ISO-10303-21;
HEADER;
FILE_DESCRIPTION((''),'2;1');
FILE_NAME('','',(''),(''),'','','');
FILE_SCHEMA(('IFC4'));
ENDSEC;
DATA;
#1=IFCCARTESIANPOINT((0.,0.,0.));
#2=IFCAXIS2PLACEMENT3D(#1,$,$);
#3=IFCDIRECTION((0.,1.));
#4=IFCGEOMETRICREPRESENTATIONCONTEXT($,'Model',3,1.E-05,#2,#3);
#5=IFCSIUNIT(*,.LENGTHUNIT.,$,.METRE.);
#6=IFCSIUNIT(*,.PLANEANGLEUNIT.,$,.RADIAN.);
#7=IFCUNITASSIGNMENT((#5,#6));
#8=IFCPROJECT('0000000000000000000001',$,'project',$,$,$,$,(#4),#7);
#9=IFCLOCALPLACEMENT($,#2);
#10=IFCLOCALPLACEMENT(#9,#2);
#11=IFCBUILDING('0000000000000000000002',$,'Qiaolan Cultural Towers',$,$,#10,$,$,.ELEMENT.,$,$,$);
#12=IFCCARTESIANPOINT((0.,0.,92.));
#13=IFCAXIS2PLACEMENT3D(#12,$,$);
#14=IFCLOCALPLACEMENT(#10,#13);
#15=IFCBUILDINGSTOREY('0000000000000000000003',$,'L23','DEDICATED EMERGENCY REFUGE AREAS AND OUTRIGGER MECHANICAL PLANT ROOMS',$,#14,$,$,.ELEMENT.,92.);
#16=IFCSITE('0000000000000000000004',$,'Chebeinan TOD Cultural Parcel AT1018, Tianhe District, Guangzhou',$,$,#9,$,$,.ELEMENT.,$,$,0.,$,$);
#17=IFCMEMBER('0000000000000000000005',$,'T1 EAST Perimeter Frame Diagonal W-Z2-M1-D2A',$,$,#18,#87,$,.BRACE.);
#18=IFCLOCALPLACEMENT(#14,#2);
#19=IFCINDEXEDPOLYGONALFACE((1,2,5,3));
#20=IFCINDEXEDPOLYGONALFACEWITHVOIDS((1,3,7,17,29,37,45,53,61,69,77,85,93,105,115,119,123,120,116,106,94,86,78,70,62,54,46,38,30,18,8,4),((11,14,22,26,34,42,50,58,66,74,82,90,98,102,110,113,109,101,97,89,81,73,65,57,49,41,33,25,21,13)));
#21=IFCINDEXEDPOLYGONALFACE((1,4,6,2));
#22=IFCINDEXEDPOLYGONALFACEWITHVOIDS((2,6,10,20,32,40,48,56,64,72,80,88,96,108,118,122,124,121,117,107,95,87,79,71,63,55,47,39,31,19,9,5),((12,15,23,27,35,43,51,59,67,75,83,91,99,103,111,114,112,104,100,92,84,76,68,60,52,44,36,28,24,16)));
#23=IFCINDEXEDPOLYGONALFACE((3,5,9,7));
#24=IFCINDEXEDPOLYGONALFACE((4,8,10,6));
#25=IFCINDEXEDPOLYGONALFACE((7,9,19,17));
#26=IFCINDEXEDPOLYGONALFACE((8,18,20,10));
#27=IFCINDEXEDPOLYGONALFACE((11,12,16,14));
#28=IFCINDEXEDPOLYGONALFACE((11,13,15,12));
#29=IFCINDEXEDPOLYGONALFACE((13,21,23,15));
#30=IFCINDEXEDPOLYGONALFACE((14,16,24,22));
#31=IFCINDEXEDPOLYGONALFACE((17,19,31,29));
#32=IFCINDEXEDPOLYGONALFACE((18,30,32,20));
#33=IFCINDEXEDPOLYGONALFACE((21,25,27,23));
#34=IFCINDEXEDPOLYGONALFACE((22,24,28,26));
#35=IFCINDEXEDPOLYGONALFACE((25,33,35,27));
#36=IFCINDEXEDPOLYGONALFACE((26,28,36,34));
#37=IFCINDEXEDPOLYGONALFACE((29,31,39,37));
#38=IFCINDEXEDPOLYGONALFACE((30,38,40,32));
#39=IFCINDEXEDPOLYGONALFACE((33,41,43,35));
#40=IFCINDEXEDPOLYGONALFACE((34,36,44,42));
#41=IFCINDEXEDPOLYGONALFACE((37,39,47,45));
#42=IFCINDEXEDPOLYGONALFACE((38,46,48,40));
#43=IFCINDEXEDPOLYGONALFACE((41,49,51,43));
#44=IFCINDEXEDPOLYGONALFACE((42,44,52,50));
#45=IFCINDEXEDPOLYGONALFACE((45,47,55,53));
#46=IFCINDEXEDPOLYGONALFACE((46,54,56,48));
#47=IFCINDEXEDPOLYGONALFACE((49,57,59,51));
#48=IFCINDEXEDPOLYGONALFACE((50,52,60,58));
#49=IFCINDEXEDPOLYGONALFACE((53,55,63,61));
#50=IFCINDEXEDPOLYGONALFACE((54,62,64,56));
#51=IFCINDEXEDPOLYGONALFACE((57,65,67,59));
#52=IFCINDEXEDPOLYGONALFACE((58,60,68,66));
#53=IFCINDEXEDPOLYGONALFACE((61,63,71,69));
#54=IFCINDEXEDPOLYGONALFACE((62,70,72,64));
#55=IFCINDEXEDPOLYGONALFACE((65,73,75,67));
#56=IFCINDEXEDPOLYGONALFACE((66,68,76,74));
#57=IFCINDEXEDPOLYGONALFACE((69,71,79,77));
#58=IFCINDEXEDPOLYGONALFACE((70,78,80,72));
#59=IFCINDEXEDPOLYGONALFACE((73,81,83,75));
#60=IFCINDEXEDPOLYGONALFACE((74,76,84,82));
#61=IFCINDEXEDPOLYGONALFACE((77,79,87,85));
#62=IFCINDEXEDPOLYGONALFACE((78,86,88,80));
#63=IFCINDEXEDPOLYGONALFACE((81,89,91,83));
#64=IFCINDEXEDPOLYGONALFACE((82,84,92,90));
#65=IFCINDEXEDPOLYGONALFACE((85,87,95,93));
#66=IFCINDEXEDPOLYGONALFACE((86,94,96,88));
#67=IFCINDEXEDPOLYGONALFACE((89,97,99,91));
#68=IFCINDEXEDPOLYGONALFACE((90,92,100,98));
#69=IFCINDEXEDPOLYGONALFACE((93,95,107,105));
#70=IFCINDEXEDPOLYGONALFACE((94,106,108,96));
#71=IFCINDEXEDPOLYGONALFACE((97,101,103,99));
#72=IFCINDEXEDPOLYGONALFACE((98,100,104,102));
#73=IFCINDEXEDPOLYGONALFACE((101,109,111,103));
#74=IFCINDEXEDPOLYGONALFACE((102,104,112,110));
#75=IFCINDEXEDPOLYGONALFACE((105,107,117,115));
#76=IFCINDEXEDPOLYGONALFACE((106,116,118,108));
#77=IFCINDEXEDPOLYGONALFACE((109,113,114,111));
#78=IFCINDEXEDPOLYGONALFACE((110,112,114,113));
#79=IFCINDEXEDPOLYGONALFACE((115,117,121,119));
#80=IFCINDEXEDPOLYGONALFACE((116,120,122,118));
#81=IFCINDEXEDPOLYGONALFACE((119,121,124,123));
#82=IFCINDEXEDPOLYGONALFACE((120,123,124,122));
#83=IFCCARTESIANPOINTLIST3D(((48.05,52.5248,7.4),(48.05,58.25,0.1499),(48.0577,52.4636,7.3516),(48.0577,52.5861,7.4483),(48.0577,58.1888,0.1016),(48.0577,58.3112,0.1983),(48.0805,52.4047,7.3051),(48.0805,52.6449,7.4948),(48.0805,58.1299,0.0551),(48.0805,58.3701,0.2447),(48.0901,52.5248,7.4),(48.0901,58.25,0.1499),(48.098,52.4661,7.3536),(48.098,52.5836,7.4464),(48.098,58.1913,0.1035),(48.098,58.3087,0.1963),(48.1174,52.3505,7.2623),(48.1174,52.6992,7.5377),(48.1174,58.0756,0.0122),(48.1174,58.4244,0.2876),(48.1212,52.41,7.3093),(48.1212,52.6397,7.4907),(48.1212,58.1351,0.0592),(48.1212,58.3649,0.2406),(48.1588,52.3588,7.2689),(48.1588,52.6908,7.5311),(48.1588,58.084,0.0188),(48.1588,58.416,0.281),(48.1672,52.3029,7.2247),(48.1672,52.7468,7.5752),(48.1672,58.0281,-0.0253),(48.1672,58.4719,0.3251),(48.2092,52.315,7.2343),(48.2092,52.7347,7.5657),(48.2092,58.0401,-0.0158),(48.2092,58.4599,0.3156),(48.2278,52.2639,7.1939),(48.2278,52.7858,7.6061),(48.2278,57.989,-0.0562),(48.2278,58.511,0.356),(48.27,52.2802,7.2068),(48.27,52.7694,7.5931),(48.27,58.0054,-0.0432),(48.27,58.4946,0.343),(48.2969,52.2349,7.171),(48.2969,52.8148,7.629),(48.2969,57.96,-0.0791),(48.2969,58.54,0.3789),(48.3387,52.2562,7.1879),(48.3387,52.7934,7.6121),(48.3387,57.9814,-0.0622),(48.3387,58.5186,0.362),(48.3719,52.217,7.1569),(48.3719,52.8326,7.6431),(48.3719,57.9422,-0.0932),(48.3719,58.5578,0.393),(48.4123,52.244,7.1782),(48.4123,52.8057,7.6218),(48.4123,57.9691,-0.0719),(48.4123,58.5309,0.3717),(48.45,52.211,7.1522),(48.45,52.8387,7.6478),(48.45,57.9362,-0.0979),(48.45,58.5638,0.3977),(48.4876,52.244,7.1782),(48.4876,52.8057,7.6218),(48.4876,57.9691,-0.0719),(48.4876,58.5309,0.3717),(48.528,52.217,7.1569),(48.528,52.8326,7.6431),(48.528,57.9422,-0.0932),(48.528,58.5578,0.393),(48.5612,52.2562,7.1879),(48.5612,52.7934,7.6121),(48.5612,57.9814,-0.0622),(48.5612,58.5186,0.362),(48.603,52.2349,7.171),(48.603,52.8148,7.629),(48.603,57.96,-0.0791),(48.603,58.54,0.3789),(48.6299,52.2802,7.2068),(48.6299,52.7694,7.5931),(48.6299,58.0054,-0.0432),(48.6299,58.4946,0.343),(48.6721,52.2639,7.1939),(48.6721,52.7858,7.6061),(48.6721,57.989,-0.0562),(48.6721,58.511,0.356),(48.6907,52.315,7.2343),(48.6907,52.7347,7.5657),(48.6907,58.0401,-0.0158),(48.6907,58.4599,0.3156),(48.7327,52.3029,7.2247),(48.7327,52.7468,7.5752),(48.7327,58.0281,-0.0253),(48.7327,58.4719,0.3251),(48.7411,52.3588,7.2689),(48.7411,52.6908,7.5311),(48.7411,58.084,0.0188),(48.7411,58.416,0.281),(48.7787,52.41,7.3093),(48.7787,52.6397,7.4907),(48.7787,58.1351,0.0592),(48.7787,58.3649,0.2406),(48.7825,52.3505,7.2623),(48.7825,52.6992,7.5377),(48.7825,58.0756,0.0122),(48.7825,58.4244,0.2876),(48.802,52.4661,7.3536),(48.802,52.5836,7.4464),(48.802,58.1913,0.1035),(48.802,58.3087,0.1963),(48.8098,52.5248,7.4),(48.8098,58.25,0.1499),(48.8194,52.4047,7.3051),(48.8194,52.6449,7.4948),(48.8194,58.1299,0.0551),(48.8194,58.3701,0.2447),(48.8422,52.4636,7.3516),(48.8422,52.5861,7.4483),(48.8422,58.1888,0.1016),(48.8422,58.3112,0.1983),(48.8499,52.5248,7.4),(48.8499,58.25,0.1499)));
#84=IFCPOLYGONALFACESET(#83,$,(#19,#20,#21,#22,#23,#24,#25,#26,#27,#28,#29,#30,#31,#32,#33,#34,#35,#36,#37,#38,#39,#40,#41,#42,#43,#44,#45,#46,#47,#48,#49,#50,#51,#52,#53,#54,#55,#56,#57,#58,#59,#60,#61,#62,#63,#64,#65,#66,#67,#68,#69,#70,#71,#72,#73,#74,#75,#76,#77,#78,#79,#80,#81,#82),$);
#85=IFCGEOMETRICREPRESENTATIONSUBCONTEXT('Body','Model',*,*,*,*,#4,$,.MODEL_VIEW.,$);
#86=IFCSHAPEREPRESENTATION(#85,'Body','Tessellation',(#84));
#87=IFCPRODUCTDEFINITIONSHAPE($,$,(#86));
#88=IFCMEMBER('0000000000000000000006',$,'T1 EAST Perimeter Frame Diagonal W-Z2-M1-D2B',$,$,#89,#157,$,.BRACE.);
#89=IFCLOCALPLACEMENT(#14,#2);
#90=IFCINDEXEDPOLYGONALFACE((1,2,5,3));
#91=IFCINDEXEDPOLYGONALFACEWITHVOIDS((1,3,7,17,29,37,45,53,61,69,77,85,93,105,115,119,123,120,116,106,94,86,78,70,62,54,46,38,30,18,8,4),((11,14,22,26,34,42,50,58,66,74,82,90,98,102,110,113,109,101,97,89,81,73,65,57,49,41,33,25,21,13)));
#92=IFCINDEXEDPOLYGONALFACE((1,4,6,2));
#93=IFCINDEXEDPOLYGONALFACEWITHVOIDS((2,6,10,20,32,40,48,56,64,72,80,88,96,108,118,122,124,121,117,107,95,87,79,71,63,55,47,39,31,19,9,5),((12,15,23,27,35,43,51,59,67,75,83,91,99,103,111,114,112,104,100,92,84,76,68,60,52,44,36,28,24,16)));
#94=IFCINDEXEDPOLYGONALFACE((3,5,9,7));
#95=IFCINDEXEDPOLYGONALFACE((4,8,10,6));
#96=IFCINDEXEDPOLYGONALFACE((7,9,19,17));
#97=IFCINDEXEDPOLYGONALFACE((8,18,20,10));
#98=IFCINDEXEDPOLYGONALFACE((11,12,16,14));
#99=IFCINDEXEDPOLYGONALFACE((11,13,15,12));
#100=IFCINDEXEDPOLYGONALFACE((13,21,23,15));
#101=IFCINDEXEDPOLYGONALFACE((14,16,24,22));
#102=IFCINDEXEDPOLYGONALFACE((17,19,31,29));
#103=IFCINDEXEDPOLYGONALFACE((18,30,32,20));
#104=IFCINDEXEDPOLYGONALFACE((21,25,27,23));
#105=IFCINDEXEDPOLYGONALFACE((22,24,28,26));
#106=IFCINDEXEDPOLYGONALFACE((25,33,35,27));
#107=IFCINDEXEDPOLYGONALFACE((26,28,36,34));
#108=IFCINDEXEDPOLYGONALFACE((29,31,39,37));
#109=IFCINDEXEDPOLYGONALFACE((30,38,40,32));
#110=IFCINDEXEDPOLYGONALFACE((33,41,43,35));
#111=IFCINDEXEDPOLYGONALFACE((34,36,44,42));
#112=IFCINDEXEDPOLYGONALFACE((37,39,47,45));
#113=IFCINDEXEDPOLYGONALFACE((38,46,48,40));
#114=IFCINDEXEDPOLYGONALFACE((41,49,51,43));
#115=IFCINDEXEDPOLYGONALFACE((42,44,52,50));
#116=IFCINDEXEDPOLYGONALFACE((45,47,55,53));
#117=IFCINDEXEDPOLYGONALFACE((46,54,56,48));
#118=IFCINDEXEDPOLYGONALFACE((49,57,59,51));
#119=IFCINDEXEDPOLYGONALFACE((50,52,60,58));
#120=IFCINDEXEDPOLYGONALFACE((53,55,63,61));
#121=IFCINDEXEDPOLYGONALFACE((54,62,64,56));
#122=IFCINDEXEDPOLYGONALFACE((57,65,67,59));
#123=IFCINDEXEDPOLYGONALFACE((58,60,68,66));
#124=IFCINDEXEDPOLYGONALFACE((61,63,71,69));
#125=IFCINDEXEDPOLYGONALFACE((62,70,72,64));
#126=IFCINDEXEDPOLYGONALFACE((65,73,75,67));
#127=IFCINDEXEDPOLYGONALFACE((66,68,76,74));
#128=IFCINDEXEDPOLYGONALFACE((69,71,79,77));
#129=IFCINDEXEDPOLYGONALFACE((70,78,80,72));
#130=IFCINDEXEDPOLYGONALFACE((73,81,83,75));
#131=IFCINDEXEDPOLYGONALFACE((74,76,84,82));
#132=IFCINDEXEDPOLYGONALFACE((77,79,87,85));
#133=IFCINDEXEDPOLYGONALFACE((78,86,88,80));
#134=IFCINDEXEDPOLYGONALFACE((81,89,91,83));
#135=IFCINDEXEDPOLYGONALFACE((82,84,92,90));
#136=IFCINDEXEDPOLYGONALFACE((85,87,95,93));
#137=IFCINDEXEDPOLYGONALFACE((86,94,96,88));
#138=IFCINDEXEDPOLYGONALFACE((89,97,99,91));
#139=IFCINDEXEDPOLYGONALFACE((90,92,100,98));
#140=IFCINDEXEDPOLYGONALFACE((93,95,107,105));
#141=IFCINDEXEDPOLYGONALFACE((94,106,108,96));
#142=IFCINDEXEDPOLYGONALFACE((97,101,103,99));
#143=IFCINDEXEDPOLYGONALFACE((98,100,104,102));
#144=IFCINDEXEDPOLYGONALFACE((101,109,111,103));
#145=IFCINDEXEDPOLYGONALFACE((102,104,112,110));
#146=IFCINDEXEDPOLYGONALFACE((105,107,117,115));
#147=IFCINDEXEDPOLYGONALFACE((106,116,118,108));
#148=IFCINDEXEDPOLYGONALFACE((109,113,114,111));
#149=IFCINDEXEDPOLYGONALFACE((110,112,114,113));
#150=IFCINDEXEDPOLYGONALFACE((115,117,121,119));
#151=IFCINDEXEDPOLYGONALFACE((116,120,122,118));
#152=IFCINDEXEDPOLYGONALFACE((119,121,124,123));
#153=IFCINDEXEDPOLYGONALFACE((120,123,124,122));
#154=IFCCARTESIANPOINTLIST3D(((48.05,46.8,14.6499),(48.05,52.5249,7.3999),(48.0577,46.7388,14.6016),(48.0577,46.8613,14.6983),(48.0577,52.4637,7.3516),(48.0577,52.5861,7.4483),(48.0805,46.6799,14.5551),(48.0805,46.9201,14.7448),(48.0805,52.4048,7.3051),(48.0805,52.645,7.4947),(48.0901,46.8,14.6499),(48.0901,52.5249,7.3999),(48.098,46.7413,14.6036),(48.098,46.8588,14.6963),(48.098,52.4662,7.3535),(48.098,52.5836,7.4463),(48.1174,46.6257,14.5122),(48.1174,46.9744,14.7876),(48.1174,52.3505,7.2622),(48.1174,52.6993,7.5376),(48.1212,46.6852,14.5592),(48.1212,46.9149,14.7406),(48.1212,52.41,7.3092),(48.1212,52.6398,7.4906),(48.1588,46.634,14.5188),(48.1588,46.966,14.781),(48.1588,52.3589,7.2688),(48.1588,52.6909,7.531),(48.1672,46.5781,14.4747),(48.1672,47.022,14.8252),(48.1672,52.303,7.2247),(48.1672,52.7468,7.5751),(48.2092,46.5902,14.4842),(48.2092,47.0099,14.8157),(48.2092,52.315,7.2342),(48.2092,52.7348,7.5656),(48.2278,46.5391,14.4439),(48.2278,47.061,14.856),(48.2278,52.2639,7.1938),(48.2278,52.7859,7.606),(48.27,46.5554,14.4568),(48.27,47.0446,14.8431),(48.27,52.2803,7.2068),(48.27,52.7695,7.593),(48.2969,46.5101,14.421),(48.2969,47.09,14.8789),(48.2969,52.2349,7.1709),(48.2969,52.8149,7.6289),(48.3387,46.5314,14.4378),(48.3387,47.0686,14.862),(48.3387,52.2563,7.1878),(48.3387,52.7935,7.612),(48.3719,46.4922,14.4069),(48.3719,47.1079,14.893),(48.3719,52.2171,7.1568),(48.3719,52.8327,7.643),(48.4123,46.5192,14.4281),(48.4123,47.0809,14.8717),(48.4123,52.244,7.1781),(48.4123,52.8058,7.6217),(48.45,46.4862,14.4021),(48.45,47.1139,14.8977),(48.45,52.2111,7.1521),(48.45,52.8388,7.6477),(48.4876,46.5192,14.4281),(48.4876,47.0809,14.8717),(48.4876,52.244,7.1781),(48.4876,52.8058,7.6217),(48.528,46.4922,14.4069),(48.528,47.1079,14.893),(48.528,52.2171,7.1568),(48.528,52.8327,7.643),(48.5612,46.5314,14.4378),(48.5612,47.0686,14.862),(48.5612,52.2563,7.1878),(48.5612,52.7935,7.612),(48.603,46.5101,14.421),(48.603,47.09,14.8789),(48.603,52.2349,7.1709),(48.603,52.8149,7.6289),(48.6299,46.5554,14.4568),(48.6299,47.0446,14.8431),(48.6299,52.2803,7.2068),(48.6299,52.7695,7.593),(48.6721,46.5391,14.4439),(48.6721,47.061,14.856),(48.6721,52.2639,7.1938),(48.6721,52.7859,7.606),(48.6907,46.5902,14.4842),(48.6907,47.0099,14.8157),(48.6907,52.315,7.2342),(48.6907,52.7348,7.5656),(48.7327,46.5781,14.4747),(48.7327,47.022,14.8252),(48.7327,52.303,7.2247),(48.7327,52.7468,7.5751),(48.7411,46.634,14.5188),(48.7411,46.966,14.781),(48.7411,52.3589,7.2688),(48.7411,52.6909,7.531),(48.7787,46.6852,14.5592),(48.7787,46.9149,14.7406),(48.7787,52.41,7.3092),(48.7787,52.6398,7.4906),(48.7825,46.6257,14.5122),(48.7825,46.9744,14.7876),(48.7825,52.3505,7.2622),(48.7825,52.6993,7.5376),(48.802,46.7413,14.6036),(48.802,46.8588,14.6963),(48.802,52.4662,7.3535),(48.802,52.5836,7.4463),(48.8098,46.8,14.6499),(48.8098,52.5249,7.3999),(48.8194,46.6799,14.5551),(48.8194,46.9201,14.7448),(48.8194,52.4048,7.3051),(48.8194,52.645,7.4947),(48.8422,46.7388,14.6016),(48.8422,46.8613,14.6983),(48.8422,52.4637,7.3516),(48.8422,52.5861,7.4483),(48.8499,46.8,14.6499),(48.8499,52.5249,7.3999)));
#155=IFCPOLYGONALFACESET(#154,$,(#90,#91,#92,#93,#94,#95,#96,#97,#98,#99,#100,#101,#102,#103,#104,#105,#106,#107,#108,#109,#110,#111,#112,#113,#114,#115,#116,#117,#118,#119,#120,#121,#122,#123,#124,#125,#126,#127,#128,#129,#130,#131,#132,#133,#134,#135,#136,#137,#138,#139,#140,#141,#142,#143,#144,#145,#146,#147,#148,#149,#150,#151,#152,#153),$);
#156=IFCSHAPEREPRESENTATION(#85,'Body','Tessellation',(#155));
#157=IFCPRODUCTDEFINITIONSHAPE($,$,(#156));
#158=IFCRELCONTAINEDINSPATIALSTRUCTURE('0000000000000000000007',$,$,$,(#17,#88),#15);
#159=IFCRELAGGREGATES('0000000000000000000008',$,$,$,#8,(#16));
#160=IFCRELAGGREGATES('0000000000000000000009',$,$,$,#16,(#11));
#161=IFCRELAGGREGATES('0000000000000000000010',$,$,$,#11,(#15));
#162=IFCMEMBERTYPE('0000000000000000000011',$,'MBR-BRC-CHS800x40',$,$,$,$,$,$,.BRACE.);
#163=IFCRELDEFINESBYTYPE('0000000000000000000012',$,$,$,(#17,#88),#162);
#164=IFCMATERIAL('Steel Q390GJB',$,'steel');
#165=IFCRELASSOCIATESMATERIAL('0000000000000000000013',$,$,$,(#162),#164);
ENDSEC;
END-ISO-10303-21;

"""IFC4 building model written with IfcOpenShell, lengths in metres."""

from ifc_helpers import new_model, si_unit, direction, frame, origin, origin_2d, place, context, subcontext, project, spatial, hollow_circle, extrude, material, material_profile, profile_set, type_object, element, save


model = new_model("IFC4")

# Units and contexts
model_context = context("Model", 3, precision=1e-05, world=origin(), true_north=direction((0.0, 1.0)))
body_context = subcontext(model_context, "Body", "Model", "MODEL_VIEW")
ifc_project = project(units=[si_unit("LENGTHUNIT", "METRE"), si_unit("PLANEANGLEUNIT", "RADIAN")], contexts=[model_context])

# Site, building, storey
site_placement = place(None, origin())
site = spatial("IfcSite", under=ifc_project, at=site_placement, Name="Chebeinan TOD Cultural Parcel AT1018, Tianhe District, Guangzhou", CompositionType="ELEMENT", RefElevation=0.0)
building_placement = place(site_placement, origin())
building = spatial("IfcBuilding", under=site, at=building_placement, Name="Qiaolan Cultural Towers", CompositionType="ELEMENT")
storey_placement = place(building_placement, frame((0.0, 0.0, 92.0)))
storey = spatial("IfcBuildingStorey", under=building, at=storey_placement, Name="L23", Description="DEDICATED EMERGENCY REFUGE AREAS AND OUTRIGGER MECHANICAL PLANT ROOMS", CompositionType="ELEMENT", Elevation=92.0)

# Members
ifc_material_1 = material(Name="Steel Q390GJB", Category="steel")
ifc_material_profile_1 = material_profile(ifc_material_1, hollow_circle(Radius=0.3999, WallThickness=0.04, at=origin_2d()), Name="CHS800x40")
ifc_profile_set_1 = profile_set([ifc_material_profile_1], Name="Steel Q390GJB")
member_type_1 = type_object("IfcMemberType", Name="MBR-BRC-CHS800x40", PredefinedType="BRACE", material=ifc_profile_set_1)
for number, where, z_axis, x_axis, name in (
    (1, (48.45, 58.25, 0.1499), (0.0, -0.619739, 0.784808), (1.0, 0.0, 0.0), "T1 EAST Perimeter Frame Diagonal W-Z2-M1-D2A"),
):
    element("IfcMember", number, at=place(storey_placement, frame(where, z_axis=z_axis, x_axis=x_axis)), inside=storey, type_object=member_type_1, Name=name, PredefinedType="BRACE", context=body_context, shape_type="SweptSolid", body=[
        extrude(hollow_circle(Radius=0.3999, WallThickness=0.04, at=origin_2d()), origin(), (0.0, 0.0, 1.0), 9.238),
    ])
member_1_placement = place(storey_placement, frame((48.45, 52.5249, 7.3999), z_axis=(0.0, -0.619722, 0.784821), x_axis=(1.0, 0.0, 0.0)))
element("IfcMember", 2, at=member_1_placement, inside=storey, type_object=member_type_1, Name="T1 EAST Perimeter Frame Diagonal W-Z2-M1-D2B", PredefinedType="BRACE", context=body_context, shape_type="SweptSolid", body=[
    extrude(hollow_circle(Radius=0.3999, WallThickness=0.04, at=origin_2d()), origin(), (0.0, 0.0, 1.0), 9.2378),
])

save(model, "model.ifc")
